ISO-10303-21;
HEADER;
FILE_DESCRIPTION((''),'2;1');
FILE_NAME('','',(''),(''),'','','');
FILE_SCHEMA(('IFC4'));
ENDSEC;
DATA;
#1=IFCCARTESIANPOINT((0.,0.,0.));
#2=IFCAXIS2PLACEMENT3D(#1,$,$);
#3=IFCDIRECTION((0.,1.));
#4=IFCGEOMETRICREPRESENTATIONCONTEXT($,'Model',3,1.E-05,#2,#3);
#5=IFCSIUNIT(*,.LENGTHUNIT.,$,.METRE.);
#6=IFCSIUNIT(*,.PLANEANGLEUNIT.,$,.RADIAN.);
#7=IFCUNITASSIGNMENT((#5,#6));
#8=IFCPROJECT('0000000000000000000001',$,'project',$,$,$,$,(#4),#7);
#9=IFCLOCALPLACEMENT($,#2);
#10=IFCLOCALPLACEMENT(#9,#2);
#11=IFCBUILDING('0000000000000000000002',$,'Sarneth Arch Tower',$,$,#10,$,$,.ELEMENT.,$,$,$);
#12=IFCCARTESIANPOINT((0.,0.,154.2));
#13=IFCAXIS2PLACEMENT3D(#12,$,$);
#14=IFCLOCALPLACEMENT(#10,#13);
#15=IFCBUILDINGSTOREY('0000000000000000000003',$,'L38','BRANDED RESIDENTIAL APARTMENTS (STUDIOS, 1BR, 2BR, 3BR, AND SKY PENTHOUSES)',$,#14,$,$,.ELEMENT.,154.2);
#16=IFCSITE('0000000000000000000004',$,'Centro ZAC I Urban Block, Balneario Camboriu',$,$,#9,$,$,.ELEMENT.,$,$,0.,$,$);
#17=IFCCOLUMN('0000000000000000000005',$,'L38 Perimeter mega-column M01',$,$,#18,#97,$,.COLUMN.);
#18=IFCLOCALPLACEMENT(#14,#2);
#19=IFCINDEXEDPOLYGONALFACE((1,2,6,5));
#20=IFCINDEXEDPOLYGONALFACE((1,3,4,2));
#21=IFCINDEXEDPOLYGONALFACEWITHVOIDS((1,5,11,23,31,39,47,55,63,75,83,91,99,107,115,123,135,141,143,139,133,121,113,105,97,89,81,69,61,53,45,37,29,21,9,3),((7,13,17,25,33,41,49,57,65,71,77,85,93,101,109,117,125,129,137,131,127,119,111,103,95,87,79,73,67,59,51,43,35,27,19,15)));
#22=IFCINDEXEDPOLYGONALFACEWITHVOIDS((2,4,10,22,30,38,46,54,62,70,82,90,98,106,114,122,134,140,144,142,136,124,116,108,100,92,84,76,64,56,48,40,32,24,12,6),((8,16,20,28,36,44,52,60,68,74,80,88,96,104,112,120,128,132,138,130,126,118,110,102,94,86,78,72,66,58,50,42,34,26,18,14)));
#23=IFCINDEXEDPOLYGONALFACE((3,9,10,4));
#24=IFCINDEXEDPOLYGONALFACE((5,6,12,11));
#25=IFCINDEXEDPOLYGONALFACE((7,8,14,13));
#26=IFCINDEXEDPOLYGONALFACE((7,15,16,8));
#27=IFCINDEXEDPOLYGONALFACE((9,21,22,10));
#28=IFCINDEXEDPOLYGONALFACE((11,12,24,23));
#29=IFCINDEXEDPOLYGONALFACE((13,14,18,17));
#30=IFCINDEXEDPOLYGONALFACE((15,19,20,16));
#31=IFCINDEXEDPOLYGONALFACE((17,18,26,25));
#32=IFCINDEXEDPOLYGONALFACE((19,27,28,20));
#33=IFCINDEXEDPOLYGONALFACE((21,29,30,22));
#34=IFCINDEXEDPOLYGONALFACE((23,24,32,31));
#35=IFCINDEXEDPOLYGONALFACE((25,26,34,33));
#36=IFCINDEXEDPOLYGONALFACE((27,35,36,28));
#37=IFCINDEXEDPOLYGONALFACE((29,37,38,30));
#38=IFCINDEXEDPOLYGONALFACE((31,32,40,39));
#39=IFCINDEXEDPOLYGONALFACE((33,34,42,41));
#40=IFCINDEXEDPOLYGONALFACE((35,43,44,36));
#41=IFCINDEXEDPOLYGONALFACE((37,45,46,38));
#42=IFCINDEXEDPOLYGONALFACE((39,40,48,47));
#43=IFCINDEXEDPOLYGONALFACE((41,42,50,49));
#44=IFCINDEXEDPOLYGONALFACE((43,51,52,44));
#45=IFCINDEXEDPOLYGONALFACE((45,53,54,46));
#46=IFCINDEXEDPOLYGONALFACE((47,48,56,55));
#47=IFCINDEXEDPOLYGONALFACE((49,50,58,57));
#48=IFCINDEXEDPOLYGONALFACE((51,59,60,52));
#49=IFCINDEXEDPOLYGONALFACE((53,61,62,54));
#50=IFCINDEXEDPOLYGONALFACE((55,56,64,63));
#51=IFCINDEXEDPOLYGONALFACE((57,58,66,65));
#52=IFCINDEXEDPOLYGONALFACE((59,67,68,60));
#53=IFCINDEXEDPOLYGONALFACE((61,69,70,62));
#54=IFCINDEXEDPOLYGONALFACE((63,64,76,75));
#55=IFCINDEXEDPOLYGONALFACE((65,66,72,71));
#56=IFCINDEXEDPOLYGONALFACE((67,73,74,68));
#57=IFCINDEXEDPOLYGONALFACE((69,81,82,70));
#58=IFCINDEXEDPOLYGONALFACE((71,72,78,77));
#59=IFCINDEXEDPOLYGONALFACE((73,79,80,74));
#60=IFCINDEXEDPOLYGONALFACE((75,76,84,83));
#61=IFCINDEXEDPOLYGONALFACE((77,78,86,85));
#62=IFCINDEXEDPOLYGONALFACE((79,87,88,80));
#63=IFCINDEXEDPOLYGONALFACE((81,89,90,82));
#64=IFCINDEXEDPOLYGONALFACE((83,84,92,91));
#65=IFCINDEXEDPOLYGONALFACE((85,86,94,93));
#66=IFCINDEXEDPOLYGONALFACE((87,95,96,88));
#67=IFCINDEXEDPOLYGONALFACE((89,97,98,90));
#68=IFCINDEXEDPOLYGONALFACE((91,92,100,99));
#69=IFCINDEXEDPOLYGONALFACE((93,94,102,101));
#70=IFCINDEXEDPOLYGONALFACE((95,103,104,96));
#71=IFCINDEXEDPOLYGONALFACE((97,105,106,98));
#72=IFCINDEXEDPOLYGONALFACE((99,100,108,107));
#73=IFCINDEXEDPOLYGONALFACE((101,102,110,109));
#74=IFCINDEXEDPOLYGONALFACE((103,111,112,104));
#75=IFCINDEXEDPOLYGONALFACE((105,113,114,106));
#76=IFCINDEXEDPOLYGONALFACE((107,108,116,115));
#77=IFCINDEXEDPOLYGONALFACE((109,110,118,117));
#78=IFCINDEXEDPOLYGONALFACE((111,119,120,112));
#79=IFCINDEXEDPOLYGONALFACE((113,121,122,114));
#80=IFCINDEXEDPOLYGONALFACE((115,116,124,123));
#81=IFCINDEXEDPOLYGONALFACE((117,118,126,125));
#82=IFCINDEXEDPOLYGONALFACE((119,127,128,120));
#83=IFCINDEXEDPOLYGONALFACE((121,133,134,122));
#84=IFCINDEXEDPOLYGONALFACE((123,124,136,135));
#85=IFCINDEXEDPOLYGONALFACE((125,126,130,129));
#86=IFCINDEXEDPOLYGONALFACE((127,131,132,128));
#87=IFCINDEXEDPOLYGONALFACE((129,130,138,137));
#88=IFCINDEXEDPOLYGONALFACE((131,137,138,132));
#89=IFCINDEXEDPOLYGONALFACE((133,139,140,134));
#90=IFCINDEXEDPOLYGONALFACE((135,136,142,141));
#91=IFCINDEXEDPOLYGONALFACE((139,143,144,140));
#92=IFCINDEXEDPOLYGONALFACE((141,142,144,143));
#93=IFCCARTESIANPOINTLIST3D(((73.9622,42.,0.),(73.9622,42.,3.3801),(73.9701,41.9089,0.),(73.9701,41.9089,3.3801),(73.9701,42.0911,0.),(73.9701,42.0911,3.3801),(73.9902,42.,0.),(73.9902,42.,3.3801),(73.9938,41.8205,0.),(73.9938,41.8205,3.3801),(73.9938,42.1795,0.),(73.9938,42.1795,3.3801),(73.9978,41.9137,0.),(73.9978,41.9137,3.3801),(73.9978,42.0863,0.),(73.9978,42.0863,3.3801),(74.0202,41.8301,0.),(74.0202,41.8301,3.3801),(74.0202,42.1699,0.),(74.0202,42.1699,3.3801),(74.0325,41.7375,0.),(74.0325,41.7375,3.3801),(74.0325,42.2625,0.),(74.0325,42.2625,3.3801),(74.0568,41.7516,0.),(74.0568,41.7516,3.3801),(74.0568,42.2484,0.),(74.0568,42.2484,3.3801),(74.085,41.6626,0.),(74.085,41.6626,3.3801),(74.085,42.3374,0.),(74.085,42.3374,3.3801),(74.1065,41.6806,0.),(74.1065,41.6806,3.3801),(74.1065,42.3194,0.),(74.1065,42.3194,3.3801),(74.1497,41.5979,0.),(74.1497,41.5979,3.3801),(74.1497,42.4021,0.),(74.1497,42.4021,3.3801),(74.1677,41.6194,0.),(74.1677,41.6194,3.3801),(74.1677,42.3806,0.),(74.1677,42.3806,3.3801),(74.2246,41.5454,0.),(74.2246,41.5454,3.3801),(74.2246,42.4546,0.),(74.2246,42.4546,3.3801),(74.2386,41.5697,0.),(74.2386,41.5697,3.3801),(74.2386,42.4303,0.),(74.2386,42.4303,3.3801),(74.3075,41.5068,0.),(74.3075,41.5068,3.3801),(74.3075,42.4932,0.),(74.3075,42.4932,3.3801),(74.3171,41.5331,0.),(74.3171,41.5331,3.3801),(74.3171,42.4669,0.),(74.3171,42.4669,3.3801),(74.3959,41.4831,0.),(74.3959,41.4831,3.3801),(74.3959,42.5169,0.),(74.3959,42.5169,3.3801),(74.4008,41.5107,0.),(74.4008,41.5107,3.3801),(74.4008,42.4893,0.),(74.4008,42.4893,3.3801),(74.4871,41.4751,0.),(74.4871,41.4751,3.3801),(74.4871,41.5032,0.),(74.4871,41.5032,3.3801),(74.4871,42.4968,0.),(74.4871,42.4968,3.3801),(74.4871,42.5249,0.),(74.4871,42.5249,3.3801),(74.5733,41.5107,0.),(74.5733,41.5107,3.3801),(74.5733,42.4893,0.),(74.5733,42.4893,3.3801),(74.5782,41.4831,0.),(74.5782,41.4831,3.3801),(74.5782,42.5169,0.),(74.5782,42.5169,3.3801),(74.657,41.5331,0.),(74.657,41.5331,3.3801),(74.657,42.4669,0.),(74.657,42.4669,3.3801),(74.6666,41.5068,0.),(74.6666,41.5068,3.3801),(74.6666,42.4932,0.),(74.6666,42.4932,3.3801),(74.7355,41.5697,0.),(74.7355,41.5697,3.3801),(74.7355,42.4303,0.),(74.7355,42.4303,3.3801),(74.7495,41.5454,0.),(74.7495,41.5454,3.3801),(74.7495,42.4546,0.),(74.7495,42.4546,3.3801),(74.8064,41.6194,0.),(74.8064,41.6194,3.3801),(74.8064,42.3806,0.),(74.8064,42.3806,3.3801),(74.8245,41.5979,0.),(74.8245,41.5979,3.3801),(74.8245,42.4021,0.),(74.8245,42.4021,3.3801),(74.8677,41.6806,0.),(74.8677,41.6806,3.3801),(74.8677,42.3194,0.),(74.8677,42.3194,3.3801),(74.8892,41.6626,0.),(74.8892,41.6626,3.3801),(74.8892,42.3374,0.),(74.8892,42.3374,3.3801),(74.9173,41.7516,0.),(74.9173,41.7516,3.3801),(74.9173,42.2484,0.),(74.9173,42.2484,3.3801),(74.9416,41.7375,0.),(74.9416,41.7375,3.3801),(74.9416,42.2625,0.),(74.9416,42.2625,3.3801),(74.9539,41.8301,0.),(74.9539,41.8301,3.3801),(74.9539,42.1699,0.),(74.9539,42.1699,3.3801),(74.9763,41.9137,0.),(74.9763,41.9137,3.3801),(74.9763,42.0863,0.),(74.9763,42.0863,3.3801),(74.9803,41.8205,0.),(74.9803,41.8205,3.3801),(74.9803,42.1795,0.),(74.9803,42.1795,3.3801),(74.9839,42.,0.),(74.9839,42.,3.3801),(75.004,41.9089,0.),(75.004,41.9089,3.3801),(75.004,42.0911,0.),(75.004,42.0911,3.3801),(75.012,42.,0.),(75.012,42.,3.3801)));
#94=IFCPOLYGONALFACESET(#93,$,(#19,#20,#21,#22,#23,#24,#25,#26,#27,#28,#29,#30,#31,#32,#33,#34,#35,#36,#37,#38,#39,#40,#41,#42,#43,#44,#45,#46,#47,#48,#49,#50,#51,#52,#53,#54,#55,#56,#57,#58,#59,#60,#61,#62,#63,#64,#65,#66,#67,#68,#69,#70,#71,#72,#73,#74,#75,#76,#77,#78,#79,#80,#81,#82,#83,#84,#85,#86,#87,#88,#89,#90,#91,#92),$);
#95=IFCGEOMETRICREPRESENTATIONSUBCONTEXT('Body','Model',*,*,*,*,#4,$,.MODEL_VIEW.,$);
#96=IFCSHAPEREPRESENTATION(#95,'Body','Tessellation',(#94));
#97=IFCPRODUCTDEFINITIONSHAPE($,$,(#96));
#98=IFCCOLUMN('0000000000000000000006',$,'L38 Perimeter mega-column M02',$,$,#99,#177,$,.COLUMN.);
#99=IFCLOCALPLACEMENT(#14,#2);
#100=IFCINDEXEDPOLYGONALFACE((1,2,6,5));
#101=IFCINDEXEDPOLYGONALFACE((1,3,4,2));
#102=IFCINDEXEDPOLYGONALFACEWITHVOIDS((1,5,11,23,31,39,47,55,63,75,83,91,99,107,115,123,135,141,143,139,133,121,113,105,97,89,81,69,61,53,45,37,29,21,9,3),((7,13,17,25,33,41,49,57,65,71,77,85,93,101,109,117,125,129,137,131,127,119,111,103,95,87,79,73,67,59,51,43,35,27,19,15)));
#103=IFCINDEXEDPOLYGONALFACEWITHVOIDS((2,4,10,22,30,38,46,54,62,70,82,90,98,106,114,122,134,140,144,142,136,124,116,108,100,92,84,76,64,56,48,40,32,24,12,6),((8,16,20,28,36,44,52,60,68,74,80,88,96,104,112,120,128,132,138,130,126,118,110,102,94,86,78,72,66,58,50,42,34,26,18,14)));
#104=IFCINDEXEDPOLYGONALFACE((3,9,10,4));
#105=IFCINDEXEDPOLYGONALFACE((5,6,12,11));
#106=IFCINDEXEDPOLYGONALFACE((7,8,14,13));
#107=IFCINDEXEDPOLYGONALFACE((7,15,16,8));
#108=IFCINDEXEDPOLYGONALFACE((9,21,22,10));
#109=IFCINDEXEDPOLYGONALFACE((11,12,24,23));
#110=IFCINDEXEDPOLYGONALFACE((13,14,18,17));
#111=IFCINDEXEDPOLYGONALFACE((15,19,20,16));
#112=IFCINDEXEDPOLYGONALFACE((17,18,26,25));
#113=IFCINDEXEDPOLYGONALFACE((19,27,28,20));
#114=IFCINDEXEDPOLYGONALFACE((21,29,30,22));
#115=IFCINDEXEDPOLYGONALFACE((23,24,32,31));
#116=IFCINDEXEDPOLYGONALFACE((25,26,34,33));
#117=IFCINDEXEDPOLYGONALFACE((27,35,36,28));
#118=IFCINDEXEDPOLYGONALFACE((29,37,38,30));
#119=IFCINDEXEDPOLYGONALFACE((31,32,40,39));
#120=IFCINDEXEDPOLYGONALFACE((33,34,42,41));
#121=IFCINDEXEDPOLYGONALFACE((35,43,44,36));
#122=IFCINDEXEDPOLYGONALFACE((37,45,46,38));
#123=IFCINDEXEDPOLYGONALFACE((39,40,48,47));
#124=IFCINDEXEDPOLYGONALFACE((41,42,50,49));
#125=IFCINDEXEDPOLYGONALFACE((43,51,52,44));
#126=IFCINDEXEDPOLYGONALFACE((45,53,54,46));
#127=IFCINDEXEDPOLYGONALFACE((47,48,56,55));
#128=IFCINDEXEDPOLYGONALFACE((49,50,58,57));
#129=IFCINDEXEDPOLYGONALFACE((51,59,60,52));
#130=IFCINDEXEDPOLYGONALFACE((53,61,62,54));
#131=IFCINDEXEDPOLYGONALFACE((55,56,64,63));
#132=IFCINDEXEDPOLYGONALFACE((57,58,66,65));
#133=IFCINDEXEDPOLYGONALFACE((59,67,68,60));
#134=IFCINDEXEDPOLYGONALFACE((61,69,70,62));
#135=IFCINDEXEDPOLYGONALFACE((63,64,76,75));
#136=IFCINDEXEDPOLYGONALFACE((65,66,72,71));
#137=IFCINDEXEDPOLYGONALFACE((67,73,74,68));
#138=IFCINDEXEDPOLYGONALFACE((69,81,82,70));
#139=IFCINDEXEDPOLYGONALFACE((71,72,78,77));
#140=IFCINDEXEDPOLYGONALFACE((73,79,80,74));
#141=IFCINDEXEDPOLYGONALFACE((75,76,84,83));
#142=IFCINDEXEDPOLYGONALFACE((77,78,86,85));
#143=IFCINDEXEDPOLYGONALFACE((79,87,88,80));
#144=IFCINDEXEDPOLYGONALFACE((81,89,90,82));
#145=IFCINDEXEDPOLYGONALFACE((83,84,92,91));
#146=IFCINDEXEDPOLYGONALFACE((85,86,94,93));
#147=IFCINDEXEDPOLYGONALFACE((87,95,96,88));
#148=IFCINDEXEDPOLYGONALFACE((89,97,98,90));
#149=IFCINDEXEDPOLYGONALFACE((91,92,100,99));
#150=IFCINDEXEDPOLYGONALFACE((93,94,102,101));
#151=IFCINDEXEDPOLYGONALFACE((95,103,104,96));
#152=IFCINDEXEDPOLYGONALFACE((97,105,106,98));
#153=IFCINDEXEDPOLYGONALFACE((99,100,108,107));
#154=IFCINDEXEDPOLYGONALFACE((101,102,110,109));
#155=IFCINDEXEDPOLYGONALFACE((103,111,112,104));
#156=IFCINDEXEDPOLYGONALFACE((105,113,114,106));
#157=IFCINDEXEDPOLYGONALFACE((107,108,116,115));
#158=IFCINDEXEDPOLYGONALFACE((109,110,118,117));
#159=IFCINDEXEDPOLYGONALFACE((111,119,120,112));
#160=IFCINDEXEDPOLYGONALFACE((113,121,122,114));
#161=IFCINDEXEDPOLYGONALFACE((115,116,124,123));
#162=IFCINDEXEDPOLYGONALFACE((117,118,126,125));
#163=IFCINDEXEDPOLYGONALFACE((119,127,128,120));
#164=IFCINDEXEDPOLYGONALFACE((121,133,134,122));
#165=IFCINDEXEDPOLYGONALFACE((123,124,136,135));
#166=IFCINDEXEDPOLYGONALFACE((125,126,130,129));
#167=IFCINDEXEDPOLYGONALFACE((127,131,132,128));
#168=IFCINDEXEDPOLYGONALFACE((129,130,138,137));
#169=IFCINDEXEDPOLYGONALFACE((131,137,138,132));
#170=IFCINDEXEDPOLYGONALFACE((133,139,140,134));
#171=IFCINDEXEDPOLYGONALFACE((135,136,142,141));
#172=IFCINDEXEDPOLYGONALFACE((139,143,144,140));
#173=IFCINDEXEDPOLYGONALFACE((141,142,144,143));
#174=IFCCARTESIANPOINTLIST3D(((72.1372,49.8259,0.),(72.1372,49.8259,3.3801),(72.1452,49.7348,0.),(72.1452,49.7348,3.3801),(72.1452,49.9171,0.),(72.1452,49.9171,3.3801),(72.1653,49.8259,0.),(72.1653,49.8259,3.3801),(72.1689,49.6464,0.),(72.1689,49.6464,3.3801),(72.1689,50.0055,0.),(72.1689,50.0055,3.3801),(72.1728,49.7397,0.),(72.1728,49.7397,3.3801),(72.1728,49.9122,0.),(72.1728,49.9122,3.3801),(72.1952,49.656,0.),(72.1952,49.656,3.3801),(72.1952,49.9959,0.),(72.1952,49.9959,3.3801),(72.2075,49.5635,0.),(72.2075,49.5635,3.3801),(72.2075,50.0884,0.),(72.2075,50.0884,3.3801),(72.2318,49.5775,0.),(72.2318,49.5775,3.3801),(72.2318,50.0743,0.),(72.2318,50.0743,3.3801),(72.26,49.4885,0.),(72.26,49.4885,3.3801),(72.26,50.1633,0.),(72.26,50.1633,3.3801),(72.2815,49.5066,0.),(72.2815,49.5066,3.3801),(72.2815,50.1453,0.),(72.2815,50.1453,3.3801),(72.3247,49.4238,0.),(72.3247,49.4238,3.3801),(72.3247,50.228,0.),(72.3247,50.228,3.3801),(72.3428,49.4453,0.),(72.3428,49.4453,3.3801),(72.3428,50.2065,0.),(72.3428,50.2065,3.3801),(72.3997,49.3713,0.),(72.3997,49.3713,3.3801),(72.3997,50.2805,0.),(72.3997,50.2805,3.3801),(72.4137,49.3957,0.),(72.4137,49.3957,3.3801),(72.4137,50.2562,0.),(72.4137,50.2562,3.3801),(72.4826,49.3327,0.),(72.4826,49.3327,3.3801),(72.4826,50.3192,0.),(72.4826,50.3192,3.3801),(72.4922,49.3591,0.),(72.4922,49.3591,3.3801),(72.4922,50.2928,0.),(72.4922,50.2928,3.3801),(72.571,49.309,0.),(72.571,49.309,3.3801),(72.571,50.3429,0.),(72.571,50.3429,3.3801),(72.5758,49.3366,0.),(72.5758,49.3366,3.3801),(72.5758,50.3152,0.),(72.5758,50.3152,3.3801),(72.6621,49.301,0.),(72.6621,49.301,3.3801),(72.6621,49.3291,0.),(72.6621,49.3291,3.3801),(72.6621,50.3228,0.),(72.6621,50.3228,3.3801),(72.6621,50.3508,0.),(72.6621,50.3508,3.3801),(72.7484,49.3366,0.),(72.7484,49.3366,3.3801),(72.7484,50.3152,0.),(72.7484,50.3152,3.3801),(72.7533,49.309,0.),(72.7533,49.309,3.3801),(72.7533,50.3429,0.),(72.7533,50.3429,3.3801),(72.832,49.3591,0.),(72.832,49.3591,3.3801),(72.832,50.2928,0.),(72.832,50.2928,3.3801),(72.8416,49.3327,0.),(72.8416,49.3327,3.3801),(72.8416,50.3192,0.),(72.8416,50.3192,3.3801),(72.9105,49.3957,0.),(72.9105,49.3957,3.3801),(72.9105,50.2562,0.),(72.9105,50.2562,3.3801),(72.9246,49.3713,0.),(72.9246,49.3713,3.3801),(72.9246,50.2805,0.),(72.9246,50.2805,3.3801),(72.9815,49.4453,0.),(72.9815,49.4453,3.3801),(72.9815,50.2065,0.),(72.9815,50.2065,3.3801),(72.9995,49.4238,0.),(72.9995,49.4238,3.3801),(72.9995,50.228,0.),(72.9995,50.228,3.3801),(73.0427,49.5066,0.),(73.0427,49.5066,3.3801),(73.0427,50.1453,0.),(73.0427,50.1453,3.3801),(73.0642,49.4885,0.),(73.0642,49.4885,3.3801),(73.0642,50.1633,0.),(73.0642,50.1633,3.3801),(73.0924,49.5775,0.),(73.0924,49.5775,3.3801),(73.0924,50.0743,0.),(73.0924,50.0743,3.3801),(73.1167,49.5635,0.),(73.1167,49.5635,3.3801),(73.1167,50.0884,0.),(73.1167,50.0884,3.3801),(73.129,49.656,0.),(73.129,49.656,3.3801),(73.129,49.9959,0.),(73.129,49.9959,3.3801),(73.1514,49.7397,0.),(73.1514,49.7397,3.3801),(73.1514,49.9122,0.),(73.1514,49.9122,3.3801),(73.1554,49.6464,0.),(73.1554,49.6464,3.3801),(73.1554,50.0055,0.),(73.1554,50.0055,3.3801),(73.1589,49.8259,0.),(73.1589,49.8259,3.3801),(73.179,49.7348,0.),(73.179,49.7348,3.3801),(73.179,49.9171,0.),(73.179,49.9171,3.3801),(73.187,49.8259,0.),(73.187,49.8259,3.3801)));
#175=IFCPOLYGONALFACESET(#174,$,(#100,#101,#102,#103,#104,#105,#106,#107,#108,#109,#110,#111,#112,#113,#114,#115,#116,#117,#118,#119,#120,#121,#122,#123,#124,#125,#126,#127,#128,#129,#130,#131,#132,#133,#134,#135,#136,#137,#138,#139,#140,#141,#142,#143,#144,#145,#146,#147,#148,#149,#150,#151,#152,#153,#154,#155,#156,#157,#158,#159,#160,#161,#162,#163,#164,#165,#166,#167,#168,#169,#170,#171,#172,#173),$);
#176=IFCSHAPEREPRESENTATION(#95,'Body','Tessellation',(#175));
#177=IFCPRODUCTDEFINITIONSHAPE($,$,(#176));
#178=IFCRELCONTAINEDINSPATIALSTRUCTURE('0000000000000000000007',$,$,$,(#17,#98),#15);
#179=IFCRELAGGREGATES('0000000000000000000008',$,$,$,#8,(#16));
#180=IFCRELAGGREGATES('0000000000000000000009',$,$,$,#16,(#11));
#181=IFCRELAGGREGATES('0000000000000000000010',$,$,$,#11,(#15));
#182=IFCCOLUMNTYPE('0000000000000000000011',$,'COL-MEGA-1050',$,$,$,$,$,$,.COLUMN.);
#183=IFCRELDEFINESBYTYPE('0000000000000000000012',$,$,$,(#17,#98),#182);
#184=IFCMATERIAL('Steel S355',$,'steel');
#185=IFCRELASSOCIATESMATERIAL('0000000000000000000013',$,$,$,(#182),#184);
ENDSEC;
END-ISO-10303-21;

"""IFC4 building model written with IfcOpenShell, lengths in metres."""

from ifc_helpers import new_model, si_unit, direction, frame, origin, origin_2d, place, context, subcontext, project, spatial, hollow_circle, extrude, material, material_profile, profile_set, type_object, element, save


model = new_model("IFC4")

# Units and contexts
model_context = context("Model", 3, precision=1e-05, world=origin(), true_north=direction((0.0, 1.0)))
body_context = subcontext(model_context, "Body", "Model", "MODEL_VIEW")
ifc_project = project(units=[si_unit("LENGTHUNIT", "METRE"), si_unit("PLANEANGLEUNIT", "RADIAN")], contexts=[model_context])

# Site, building, storey
site_placement = place(None, origin())
site = spatial("IfcSite", under=ifc_project, at=site_placement, Name="Centro ZAC I Urban Block, Balneario Camboriu", CompositionType="ELEMENT", RefElevation=0.0)
building_placement = place(site_placement, origin())
building = spatial("IfcBuilding", under=site, at=building_placement, Name="Sarneth Arch Tower", CompositionType="ELEMENT")
storey_placement = place(building_placement, frame((0.0, 0.0, 154.2)))
storey = spatial("IfcBuildingStorey", under=building, at=storey_placement, Name="L38", Description="BRANDED RESIDENTIAL APARTMENTS (STUDIOS, 1BR, 2BR, 3BR, AND SKY PENTHOUSES)", CompositionType="ELEMENT", Elevation=154.2)

# Columns
ifc_material_1 = material(Name="Steel S355", Category="steel")
ifc_material_profile_1 = material_profile(ifc_material_1, hollow_circle(Radius=0.5249, WallThickness=0.0281, at=origin_2d()), Name="CHS1050x28")
ifc_profile_set_1 = profile_set([ifc_material_profile_1], Name="Steel S355")
column_type = type_object("IfcColumnType", Name="COL-MEGA-1050", PredefinedType="COLUMN", material=ifc_profile_set_1)
for number, where, z_axis, x_axis, name in (
    (1, (74.4871, 42.0, 0.0), (0.0, 0.0, 1.0), (1.0, 0.0, 0.0), "L38 Perimeter mega-column M01"),
    (2, (72.6621, 49.8259, 0.0), (0.0, 0.0, 1.0), (1.0, 0.0, 0.0), "L38 Perimeter mega-column M02"),
):
    element("IfcColumn", number, at=place(storey_placement, frame(where, z_axis=z_axis, x_axis=x_axis)), inside=storey, type_object=column_type, Name=name, PredefinedType="COLUMN", context=body_context, shape_type="SweptSolid", body=[
        extrude(hollow_circle(Radius=0.5249, WallThickness=0.0281, at=origin_2d()), origin(), (0.0, 0.0, 1.0), 3.3801),
    ])

save(model, "model.ifc")
